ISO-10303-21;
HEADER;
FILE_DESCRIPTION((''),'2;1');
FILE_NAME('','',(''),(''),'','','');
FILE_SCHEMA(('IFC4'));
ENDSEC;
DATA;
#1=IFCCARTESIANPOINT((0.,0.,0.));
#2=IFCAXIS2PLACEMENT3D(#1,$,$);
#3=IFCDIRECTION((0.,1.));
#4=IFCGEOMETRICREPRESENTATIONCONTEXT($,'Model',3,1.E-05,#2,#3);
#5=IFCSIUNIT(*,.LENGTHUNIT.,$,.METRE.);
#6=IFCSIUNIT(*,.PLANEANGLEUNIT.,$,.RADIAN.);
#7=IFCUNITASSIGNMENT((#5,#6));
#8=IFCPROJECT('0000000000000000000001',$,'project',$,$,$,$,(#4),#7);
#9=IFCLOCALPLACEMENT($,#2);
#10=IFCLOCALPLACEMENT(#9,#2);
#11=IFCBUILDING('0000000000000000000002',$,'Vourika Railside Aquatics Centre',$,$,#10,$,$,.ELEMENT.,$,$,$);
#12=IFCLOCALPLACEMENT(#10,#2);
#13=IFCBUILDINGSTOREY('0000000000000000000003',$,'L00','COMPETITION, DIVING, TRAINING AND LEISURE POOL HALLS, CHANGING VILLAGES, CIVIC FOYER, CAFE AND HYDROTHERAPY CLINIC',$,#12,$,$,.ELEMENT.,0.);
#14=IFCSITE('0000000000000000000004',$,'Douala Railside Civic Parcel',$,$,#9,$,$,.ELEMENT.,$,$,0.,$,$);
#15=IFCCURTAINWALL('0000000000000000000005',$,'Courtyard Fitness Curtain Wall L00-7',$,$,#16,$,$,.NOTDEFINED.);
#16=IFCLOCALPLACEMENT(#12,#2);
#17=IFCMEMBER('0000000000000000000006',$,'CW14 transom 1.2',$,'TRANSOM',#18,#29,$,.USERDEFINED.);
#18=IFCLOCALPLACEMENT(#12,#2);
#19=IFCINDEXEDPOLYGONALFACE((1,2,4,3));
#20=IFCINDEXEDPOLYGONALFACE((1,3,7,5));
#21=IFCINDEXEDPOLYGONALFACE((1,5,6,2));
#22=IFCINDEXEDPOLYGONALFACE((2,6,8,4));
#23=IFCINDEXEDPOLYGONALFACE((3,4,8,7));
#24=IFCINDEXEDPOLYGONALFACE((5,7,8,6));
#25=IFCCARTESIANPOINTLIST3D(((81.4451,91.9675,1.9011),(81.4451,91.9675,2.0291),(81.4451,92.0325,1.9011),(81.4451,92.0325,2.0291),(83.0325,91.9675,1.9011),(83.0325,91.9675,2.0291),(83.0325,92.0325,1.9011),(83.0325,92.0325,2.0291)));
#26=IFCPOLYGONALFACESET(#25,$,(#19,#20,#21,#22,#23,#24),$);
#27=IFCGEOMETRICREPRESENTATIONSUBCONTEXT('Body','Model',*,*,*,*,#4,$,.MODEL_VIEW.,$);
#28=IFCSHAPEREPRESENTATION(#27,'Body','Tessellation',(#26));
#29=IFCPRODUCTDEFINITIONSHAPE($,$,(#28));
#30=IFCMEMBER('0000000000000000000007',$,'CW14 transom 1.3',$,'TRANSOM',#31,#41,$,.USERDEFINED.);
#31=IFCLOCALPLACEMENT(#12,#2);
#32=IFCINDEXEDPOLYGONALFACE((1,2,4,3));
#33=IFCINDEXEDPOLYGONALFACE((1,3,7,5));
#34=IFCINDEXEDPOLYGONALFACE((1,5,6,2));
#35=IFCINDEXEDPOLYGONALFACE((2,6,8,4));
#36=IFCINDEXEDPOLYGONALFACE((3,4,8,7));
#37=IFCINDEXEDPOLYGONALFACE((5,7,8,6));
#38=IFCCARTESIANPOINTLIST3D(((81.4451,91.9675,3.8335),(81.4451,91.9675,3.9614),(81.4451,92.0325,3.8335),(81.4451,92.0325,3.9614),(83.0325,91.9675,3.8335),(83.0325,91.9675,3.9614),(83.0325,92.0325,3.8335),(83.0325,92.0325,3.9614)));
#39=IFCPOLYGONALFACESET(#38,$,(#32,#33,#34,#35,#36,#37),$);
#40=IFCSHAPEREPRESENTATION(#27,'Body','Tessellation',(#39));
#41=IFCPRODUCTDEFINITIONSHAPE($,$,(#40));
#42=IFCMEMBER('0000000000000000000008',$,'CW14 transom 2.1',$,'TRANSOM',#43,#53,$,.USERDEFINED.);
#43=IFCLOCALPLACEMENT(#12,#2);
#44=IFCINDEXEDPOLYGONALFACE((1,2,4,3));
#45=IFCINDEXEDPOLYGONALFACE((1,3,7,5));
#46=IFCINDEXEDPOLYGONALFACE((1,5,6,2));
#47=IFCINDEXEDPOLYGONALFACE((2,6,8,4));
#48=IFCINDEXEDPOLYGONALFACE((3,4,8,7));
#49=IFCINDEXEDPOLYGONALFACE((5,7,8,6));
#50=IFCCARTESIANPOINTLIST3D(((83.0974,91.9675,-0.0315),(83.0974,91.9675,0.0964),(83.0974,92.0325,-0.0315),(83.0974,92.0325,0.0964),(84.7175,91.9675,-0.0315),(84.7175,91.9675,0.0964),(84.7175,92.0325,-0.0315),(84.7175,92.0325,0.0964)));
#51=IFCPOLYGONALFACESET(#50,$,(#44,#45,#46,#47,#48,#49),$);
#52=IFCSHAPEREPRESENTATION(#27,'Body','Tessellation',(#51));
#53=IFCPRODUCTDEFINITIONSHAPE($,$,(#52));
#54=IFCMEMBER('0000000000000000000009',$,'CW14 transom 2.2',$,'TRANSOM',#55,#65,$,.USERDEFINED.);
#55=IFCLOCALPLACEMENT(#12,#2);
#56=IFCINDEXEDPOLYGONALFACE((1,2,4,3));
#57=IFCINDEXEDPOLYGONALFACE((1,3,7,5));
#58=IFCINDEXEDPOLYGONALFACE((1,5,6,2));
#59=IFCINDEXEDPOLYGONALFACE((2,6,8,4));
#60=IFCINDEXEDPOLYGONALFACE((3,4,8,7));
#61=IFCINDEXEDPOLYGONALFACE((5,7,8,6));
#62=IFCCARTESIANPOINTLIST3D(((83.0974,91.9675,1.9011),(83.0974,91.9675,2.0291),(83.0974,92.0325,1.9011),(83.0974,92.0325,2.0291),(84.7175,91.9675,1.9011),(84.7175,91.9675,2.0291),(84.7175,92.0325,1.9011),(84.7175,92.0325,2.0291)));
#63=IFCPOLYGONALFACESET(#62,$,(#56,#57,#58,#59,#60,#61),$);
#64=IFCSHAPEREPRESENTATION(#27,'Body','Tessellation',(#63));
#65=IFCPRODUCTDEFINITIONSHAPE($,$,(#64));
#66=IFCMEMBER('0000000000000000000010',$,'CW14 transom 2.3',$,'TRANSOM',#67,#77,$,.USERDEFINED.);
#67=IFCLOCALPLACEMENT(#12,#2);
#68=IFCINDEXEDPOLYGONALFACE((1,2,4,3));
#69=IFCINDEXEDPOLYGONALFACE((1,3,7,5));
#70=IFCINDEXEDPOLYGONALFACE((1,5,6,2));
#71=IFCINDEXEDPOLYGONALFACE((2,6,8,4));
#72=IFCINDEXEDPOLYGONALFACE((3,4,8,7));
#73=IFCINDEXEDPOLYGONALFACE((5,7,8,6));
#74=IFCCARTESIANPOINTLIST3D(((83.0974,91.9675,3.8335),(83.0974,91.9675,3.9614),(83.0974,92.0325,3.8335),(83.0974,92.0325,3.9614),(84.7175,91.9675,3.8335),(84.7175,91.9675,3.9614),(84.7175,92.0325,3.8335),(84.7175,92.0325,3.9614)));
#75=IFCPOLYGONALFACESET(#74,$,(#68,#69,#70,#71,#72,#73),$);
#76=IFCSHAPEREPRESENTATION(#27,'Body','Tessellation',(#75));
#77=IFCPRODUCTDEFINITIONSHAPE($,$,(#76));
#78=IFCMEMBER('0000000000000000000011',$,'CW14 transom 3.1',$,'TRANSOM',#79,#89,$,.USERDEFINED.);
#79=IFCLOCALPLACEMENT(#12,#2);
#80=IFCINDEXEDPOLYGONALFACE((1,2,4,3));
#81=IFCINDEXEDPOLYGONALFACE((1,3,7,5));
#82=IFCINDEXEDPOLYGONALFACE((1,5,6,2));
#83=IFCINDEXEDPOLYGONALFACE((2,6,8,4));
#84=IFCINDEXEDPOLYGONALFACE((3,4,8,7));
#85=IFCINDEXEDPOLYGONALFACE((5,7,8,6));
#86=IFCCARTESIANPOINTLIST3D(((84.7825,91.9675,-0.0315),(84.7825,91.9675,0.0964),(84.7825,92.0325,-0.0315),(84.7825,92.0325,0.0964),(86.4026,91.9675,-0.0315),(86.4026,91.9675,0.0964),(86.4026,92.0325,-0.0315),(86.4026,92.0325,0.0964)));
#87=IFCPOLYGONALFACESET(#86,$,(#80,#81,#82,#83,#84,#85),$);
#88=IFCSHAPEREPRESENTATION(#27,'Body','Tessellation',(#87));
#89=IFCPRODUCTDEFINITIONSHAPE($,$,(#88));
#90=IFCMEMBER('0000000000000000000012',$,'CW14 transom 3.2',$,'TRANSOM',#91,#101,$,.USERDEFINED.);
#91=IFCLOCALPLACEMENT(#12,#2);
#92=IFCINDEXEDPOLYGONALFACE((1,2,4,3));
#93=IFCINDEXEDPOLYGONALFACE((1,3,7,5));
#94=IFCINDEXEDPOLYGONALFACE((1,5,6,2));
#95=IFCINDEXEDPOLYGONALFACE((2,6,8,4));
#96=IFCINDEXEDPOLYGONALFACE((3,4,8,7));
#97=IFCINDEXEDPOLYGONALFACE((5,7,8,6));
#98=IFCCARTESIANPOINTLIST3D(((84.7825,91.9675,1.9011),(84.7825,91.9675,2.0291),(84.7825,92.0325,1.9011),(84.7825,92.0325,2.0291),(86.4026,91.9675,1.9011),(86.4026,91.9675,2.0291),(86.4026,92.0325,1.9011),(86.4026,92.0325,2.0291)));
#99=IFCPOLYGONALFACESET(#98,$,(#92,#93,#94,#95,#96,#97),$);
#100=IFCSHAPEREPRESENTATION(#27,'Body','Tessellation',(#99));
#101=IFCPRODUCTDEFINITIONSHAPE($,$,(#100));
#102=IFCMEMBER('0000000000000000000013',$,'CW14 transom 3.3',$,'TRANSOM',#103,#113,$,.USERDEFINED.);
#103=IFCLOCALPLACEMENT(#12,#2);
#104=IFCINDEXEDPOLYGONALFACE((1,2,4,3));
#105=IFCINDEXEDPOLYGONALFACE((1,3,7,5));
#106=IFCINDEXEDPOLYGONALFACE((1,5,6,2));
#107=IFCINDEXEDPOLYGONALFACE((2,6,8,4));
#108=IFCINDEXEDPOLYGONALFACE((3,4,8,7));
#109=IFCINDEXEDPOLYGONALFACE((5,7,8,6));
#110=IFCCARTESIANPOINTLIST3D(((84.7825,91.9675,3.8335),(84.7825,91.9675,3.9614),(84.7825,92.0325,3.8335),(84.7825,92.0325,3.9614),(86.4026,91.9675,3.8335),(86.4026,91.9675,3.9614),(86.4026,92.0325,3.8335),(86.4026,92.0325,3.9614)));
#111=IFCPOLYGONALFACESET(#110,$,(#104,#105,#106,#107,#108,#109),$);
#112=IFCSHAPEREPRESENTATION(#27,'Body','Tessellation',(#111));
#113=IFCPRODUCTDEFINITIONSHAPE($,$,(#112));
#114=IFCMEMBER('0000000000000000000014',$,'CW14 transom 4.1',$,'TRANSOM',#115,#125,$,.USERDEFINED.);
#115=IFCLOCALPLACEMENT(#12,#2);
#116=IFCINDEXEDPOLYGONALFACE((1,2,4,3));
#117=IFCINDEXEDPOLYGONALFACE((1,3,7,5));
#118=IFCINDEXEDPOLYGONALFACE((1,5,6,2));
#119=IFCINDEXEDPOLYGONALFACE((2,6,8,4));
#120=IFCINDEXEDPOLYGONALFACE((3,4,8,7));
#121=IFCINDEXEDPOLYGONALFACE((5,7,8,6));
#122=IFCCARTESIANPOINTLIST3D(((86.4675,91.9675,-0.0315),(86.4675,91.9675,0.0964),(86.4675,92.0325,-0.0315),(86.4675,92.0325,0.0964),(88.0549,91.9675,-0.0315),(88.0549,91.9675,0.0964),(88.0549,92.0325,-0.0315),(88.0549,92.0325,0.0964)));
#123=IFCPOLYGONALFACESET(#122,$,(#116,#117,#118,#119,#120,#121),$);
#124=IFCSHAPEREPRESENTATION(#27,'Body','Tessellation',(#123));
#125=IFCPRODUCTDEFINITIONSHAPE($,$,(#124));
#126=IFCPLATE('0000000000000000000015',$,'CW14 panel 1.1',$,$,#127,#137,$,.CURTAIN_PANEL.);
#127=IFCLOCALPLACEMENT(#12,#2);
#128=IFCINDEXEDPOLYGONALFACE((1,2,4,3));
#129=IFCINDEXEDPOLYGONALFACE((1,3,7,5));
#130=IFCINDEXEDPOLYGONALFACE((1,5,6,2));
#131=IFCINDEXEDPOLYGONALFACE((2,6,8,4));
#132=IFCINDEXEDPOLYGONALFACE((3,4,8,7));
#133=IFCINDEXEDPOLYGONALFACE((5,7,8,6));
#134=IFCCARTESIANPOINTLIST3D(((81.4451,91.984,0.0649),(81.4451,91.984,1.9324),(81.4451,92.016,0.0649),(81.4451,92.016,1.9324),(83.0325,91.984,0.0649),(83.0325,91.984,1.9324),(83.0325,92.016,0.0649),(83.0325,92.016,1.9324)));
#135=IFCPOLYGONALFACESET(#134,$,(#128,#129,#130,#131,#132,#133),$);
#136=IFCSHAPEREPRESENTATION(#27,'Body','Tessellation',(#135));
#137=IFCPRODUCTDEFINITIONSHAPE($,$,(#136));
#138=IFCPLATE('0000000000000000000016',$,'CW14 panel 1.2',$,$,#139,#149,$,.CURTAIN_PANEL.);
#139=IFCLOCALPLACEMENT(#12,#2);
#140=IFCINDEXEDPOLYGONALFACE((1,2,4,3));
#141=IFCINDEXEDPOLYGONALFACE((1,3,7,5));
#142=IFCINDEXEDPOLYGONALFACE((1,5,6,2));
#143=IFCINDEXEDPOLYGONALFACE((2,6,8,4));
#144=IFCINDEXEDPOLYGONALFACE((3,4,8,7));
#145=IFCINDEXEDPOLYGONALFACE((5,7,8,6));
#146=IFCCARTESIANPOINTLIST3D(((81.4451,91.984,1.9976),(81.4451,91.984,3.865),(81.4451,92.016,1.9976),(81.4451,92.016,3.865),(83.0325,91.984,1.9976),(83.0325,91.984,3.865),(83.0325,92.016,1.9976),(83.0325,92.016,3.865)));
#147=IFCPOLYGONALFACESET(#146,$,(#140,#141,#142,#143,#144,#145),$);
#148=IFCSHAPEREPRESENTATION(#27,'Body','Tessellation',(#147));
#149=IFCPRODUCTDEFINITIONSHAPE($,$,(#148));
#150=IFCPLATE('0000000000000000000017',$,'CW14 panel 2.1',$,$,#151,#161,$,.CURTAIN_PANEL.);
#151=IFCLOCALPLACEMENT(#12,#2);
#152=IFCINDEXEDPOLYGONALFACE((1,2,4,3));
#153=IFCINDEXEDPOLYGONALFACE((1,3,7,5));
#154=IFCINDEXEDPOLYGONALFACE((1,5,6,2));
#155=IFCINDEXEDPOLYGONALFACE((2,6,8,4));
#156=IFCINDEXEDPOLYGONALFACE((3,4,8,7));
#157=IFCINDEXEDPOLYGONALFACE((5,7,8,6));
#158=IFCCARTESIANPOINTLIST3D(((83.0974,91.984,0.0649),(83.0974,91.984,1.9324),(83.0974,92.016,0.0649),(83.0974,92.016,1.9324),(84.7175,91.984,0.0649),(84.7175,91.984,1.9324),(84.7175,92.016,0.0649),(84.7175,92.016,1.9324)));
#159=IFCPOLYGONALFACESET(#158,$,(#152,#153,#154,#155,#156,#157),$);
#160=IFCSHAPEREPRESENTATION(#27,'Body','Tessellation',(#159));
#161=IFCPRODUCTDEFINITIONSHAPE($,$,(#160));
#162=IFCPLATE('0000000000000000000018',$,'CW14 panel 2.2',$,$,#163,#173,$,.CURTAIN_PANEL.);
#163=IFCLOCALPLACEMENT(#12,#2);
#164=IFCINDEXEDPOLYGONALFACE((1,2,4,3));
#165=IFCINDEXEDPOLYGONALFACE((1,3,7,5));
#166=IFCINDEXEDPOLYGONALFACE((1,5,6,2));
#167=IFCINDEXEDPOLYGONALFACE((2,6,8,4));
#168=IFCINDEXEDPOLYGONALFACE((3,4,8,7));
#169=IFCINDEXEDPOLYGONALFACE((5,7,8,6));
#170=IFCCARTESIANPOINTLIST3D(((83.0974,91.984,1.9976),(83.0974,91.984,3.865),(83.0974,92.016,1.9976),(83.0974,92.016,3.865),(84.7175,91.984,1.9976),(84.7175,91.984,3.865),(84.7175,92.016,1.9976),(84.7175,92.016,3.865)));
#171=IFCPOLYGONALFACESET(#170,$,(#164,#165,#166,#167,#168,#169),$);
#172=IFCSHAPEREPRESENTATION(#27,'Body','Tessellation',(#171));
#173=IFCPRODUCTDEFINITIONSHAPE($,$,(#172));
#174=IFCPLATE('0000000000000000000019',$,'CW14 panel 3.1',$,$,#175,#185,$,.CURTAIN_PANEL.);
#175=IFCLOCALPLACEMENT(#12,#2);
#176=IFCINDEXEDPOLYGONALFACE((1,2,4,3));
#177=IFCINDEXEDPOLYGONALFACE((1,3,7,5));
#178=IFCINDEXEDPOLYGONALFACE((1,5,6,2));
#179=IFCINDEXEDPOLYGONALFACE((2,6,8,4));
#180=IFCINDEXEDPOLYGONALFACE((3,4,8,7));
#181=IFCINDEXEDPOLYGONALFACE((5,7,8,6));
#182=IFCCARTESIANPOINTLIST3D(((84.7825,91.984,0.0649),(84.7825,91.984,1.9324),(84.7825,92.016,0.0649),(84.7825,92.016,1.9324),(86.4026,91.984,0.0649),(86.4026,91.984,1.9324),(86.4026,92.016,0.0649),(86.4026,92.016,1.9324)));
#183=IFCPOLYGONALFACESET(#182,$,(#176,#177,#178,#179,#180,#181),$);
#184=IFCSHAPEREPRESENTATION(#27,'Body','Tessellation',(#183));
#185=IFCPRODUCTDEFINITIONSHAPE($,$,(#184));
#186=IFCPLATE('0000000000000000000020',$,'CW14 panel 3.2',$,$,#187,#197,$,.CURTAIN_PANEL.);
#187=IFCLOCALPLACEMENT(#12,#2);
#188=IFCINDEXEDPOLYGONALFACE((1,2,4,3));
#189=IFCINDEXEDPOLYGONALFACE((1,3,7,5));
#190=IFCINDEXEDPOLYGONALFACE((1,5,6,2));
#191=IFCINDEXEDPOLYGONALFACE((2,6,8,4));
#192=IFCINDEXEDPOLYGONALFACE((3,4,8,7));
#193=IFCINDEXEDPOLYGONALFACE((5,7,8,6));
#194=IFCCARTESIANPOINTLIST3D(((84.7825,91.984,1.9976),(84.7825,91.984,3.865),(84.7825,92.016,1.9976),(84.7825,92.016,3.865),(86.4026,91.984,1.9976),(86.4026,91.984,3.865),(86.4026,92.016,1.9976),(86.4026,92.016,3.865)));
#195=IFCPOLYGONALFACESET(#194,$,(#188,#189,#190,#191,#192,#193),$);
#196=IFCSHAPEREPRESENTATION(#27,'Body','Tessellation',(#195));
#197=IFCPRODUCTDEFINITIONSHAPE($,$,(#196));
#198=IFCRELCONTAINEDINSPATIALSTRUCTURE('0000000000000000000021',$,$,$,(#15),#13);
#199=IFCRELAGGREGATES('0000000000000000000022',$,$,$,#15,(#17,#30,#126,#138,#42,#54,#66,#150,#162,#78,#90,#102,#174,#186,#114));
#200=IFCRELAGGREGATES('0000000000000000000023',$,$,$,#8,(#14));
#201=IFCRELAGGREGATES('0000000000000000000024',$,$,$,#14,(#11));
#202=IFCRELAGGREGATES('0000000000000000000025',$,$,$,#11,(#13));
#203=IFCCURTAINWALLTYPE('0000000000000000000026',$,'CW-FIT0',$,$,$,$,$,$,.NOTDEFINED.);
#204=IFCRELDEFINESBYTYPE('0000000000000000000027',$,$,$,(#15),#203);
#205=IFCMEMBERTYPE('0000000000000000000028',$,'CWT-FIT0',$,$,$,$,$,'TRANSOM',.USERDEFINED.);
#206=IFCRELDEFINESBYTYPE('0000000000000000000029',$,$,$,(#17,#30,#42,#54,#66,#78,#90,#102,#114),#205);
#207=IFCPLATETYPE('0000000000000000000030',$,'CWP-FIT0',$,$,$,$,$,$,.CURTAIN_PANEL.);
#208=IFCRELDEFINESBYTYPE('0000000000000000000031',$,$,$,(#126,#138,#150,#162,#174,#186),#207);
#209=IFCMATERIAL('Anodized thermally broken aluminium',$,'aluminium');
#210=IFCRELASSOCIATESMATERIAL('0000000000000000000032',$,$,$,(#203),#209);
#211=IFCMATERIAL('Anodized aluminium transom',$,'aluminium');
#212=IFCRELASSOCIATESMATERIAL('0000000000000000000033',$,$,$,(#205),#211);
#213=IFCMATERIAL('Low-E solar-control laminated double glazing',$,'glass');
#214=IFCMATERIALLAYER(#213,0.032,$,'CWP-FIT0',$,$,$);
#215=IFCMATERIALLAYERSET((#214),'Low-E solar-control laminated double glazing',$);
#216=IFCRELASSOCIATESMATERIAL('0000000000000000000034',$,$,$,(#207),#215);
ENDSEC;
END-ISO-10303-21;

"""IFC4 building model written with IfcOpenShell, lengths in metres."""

from ifc_helpers import new_model, si_unit, direction, frame, origin, origin_2d, place, context, subcontext, project, spatial, rectangle, extrude, material, layer, layer_set, material_profile, profile_set, type_object, element, aggregate, save


model = new_model("IFC4")

# Units and contexts
model_context = context("Model", 3, precision=1e-05, world=origin(), true_north=direction((0.0, 1.0)))
body_context = subcontext(model_context, "Body", "Model", "MODEL_VIEW")
ifc_project = project(units=[si_unit("LENGTHUNIT", "METRE"), si_unit("PLANEANGLEUNIT", "RADIAN")], contexts=[model_context])

# Site, building, storey
site_placement = place(None, origin())
site = spatial("IfcSite", under=ifc_project, at=site_placement, Name="Douala Railside Civic Parcel", CompositionType="ELEMENT", RefElevation=0.0)
building_placement = place(site_placement, origin())
building = spatial("IfcBuilding", under=site, at=building_placement, Name="Vourika Railside Aquatics Centre", CompositionType="ELEMENT")
storey_placement = place(building_placement, origin())
storey = spatial("IfcBuildingStorey", under=building, at=storey_placement, Name="L00", Description="COMPETITION, DIVING, TRAINING AND LEISURE POOL HALLS, CHANGING VILLAGES, CIVIC FOYER, CAFE AND HYDROTHERAPY CLINIC", CompositionType="ELEMENT", Elevation=0.0)

# Curtain wall, members, plates
ifc_material_1 = material(Name="Anodized thermally broken aluminium", Category="aluminium")
curtain_wall_type = type_object("IfcCurtainWallType", Name="CW-FIT0", PredefinedType="NOTDEFINED", material=ifc_material_1)
curtain_wall_placement = place(storey_placement, origin())
curtain_wall = element("IfcCurtainWall", 1, at=curtain_wall_placement, inside=storey, type_object=curtain_wall_type, Name="Courtyard Fitness Curtain Wall L00-7", PredefinedType="NOTDEFINED")
ifc_material_2 = material(Name="Anodized aluminium transom", Category="aluminium")
ifc_material_profile_1 = material_profile(ifc_material_2, rectangle(XDim=0.0649, YDim=0.1279, at=origin_2d()), Name="ALU-T 65x128")
ifc_profile_set_1 = profile_set([ifc_material_profile_1], Name="Anodized aluminium transom")
member_type_1 = type_object("IfcMemberType", Name="CWT-FIT0", ElementType="TRANSOM", PredefinedType="USERDEFINED", material=ifc_profile_set_1)
member_1_placement = place(storey_placement, frame((81.4451, 92.0, 1.9651), z_axis=(1.0, 0.0, 0.0), x_axis=(0.0, 1.0, 0.0)))
member_1 = element("IfcMember", 2, at=member_1_placement, type_object=member_type_1, Name="CW14 transom 1.2", ObjectType="TRANSOM", PredefinedType="USERDEFINED", context=body_context, shape_type="SweptSolid", body=[
    extrude(rectangle(XDim=0.0649, YDim=0.1279, at=origin_2d()), origin(), (0.0, 0.0, 1.0), 1.5874),
])
member_2_placement = place(storey_placement, frame((81.4451, 92.0, 3.8975), z_axis=(1.0, 0.0, 0.0), x_axis=(0.0, 1.0, 0.0)))
member_2 = element("IfcMember", 3, at=member_2_placement, type_object=member_type_1, Name="CW14 transom 1.3", ObjectType="TRANSOM", PredefinedType="USERDEFINED", context=body_context, shape_type="SweptSolid", body=[
    extrude(rectangle(XDim=0.0649, YDim=0.1279, at=origin_2d()), origin(), (0.0, 0.0, 1.0), 1.5874),
])
member_3_placement = place(storey_placement, frame((83.0974, 92.0, 0.0325), z_axis=(1.0, 0.0, 0.0), x_axis=(0.0, 1.0, 0.0)))
member_3 = element("IfcMember", 4, at=member_3_placement, type_object=member_type_1, Name="CW14 transom 2.1", ObjectType="TRANSOM", PredefinedType="USERDEFINED", context=body_context, shape_type="SweptSolid", body=[
    extrude(rectangle(XDim=0.0649, YDim=0.1279, at=origin_2d()), origin(), (0.0, 0.0, 1.0), 1.6201),
])
member_4_placement = place(storey_placement, frame((83.0974, 92.0, 1.9651), z_axis=(1.0, 0.0, 0.0), x_axis=(0.0, 1.0, 0.0)))
member_4 = element("IfcMember", 5, at=member_4_placement, type_object=member_type_1, Name="CW14 transom 2.2", ObjectType="TRANSOM", PredefinedType="USERDEFINED", context=body_context, shape_type="SweptSolid", body=[
    extrude(rectangle(XDim=0.0649, YDim=0.1279, at=origin_2d()), origin(), (0.0, 0.0, 1.0), 1.6201),
])
member_5_placement = place(storey_placement, frame((83.0974, 92.0, 3.8975), z_axis=(1.0, 0.0, 0.0), x_axis=(0.0, 1.0, 0.0)))
member_5 = element("IfcMember", 6, at=member_5_placement, type_object=member_type_1, Name="CW14 transom 2.3", ObjectType="TRANSOM", PredefinedType="USERDEFINED", context=body_context, shape_type="SweptSolid", body=[
    extrude(rectangle(XDim=0.0649, YDim=0.1279, at=origin_2d()), origin(), (0.0, 0.0, 1.0), 1.6201),
])
member_6_placement = place(storey_placement, frame((84.7825, 92.0, 0.0325), z_axis=(1.0, 0.0, 0.0), x_axis=(0.0, 1.0, 0.0)))
member_6 = element("IfcMember", 7, at=member_6_placement, type_object=member_type_1, Name="CW14 transom 3.1", ObjectType="TRANSOM", PredefinedType="USERDEFINED", context=body_context, shape_type="SweptSolid", body=[
    extrude(rectangle(XDim=0.0649, YDim=0.1279, at=origin_2d()), origin(), (0.0, 0.0, 1.0), 1.6201),
])
member_7_placement = place(storey_placement, frame((84.7825, 92.0, 1.9651), z_axis=(1.0, 0.0, 0.0), x_axis=(0.0, 1.0, 0.0)))
member_7 = element("IfcMember", 8, at=member_7_placement, type_object=member_type_1, Name="CW14 transom 3.2", ObjectType="TRANSOM", PredefinedType="USERDEFINED", context=body_context, shape_type="SweptSolid", body=[
    extrude(rectangle(XDim=0.0649, YDim=0.1279, at=origin_2d()), origin(), (0.0, 0.0, 1.0), 1.6201),
])
member_8_placement = place(storey_placement, frame((84.7825, 92.0, 3.8975), z_axis=(1.0, 0.0, 0.0), x_axis=(0.0, 1.0, 0.0)))
member_8 = element("IfcMember", 9, at=member_8_placement, type_object=member_type_1, Name="CW14 transom 3.3", ObjectType="TRANSOM", PredefinedType="USERDEFINED", context=body_context, shape_type="SweptSolid", body=[
    extrude(rectangle(XDim=0.0649, YDim=0.1279, at=origin_2d()), origin(), (0.0, 0.0, 1.0), 1.6201),
])
member_9_placement = place(storey_placement, frame((86.4675, 92.0, 0.0325), z_axis=(1.0, 0.0, 0.0), x_axis=(0.0, 1.0, 0.0)))
member_9 = element("IfcMember", 10, at=member_9_placement, type_object=member_type_1, Name="CW14 transom 4.1", ObjectType="TRANSOM", PredefinedType="USERDEFINED", context=body_context, shape_type="SweptSolid", body=[
    extrude(rectangle(XDim=0.0649, YDim=0.1279, at=origin_2d()), origin(), (0.0, 0.0, 1.0), 1.5874),
])
ifc_material_3 = material(Name="Low-E solar-control laminated double glazing", Category="glass")
ifc_layer_1 = layer(ifc_material_3, 0.032, Name="CWP-FIT0")
ifc_layer_set_1 = layer_set([ifc_layer_1], Name="Low-E solar-control laminated double glazing")
plate_type = type_object("IfcPlateType", Name="CWP-FIT0", PredefinedType="CURTAIN_PANEL", material=ifc_layer_set_1)
plate_1_placement = place(storey_placement, frame((82.2388, 92.0, 0.0649), z_axis=(0.0, 0.0, 1.0), x_axis=(1.0, 0.0, 0.0)))
plate_1 = element("IfcPlate", 11, at=plate_1_placement, type_object=plate_type, Name="CW14 panel 1.1", PredefinedType="CURTAIN_PANEL", context=body_context, shape_type="SweptSolid", body=[
    extrude(rectangle(XDim=1.5874, YDim=0.032, at=origin_2d()), origin(), (0.0, 0.0, 1.0), 1.8674),
])
plate_2_placement = place(storey_placement, frame((82.2388, 92.0, 1.9976), z_axis=(0.0, 0.0, 1.0), x_axis=(1.0, 0.0, 0.0)))
plate_2 = element("IfcPlate", 12, at=plate_2_placement, type_object=plate_type, Name="CW14 panel 1.2", PredefinedType="CURTAIN_PANEL", context=body_context, shape_type="SweptSolid", body=[
    extrude(rectangle(XDim=1.5874, YDim=0.032, at=origin_2d()), origin(), (0.0, 0.0, 1.0), 1.8674),
])
plate_3_placement = place(storey_placement, frame((83.9075, 92.0, 0.0649), z_axis=(0.0, 0.0, 1.0), x_axis=(1.0, 0.0, 0.0)))
plate_3 = element("IfcPlate", 13, at=plate_3_placement, type_object=plate_type, Name="CW14 panel 2.1", PredefinedType="CURTAIN_PANEL", context=body_context, shape_type="SweptSolid", body=[
    extrude(rectangle(XDim=1.6201, YDim=0.032, at=origin_2d()), origin(), (0.0, 0.0, 1.0), 1.8674),
])
plate_4_placement = place(storey_placement, frame((83.9075, 92.0, 1.9976), z_axis=(0.0, 0.0, 1.0), x_axis=(1.0, 0.0, 0.0)))
plate_4 = element("IfcPlate", 14, at=plate_4_placement, type_object=plate_type, Name="CW14 panel 2.2", PredefinedType="CURTAIN_PANEL", context=body_context, shape_type="SweptSolid", body=[
    extrude(rectangle(XDim=1.6201, YDim=0.032, at=origin_2d()), origin(), (0.0, 0.0, 1.0), 1.8674),
])
plate_5_placement = place(storey_placement, frame((85.5925, 92.0, 0.0649), z_axis=(0.0, 0.0, 1.0), x_axis=(1.0, 0.0, 0.0)))
plate_5 = element("IfcPlate", 15, at=plate_5_placement, type_object=plate_type, Name="CW14 panel 3.1", PredefinedType="CURTAIN_PANEL", context=body_context, shape_type="SweptSolid", body=[
    extrude(rectangle(XDim=1.6201, YDim=0.032, at=origin_2d()), origin(), (0.0, 0.0, 1.0), 1.8674),
])
plate_6_placement = place(storey_placement, frame((85.5925, 92.0, 1.9976), z_axis=(0.0, 0.0, 1.0), x_axis=(1.0, 0.0, 0.0)))
plate_6 = element("IfcPlate", 16, at=plate_6_placement, type_object=plate_type, Name="CW14 panel 3.2", PredefinedType="CURTAIN_PANEL", context=body_context, shape_type="SweptSolid", body=[
    extrude(rectangle(XDim=1.6201, YDim=0.032, at=origin_2d()), origin(), (0.0, 0.0, 1.0), 1.8674),
])
aggregate(curtain_wall, [member_1, member_2, plate_1, plate_2, member_3, member_4, member_5, plate_3, plate_4, member_6, member_7, member_8, plate_5, plate_6, member_9])

save(model, "model.ifc")
